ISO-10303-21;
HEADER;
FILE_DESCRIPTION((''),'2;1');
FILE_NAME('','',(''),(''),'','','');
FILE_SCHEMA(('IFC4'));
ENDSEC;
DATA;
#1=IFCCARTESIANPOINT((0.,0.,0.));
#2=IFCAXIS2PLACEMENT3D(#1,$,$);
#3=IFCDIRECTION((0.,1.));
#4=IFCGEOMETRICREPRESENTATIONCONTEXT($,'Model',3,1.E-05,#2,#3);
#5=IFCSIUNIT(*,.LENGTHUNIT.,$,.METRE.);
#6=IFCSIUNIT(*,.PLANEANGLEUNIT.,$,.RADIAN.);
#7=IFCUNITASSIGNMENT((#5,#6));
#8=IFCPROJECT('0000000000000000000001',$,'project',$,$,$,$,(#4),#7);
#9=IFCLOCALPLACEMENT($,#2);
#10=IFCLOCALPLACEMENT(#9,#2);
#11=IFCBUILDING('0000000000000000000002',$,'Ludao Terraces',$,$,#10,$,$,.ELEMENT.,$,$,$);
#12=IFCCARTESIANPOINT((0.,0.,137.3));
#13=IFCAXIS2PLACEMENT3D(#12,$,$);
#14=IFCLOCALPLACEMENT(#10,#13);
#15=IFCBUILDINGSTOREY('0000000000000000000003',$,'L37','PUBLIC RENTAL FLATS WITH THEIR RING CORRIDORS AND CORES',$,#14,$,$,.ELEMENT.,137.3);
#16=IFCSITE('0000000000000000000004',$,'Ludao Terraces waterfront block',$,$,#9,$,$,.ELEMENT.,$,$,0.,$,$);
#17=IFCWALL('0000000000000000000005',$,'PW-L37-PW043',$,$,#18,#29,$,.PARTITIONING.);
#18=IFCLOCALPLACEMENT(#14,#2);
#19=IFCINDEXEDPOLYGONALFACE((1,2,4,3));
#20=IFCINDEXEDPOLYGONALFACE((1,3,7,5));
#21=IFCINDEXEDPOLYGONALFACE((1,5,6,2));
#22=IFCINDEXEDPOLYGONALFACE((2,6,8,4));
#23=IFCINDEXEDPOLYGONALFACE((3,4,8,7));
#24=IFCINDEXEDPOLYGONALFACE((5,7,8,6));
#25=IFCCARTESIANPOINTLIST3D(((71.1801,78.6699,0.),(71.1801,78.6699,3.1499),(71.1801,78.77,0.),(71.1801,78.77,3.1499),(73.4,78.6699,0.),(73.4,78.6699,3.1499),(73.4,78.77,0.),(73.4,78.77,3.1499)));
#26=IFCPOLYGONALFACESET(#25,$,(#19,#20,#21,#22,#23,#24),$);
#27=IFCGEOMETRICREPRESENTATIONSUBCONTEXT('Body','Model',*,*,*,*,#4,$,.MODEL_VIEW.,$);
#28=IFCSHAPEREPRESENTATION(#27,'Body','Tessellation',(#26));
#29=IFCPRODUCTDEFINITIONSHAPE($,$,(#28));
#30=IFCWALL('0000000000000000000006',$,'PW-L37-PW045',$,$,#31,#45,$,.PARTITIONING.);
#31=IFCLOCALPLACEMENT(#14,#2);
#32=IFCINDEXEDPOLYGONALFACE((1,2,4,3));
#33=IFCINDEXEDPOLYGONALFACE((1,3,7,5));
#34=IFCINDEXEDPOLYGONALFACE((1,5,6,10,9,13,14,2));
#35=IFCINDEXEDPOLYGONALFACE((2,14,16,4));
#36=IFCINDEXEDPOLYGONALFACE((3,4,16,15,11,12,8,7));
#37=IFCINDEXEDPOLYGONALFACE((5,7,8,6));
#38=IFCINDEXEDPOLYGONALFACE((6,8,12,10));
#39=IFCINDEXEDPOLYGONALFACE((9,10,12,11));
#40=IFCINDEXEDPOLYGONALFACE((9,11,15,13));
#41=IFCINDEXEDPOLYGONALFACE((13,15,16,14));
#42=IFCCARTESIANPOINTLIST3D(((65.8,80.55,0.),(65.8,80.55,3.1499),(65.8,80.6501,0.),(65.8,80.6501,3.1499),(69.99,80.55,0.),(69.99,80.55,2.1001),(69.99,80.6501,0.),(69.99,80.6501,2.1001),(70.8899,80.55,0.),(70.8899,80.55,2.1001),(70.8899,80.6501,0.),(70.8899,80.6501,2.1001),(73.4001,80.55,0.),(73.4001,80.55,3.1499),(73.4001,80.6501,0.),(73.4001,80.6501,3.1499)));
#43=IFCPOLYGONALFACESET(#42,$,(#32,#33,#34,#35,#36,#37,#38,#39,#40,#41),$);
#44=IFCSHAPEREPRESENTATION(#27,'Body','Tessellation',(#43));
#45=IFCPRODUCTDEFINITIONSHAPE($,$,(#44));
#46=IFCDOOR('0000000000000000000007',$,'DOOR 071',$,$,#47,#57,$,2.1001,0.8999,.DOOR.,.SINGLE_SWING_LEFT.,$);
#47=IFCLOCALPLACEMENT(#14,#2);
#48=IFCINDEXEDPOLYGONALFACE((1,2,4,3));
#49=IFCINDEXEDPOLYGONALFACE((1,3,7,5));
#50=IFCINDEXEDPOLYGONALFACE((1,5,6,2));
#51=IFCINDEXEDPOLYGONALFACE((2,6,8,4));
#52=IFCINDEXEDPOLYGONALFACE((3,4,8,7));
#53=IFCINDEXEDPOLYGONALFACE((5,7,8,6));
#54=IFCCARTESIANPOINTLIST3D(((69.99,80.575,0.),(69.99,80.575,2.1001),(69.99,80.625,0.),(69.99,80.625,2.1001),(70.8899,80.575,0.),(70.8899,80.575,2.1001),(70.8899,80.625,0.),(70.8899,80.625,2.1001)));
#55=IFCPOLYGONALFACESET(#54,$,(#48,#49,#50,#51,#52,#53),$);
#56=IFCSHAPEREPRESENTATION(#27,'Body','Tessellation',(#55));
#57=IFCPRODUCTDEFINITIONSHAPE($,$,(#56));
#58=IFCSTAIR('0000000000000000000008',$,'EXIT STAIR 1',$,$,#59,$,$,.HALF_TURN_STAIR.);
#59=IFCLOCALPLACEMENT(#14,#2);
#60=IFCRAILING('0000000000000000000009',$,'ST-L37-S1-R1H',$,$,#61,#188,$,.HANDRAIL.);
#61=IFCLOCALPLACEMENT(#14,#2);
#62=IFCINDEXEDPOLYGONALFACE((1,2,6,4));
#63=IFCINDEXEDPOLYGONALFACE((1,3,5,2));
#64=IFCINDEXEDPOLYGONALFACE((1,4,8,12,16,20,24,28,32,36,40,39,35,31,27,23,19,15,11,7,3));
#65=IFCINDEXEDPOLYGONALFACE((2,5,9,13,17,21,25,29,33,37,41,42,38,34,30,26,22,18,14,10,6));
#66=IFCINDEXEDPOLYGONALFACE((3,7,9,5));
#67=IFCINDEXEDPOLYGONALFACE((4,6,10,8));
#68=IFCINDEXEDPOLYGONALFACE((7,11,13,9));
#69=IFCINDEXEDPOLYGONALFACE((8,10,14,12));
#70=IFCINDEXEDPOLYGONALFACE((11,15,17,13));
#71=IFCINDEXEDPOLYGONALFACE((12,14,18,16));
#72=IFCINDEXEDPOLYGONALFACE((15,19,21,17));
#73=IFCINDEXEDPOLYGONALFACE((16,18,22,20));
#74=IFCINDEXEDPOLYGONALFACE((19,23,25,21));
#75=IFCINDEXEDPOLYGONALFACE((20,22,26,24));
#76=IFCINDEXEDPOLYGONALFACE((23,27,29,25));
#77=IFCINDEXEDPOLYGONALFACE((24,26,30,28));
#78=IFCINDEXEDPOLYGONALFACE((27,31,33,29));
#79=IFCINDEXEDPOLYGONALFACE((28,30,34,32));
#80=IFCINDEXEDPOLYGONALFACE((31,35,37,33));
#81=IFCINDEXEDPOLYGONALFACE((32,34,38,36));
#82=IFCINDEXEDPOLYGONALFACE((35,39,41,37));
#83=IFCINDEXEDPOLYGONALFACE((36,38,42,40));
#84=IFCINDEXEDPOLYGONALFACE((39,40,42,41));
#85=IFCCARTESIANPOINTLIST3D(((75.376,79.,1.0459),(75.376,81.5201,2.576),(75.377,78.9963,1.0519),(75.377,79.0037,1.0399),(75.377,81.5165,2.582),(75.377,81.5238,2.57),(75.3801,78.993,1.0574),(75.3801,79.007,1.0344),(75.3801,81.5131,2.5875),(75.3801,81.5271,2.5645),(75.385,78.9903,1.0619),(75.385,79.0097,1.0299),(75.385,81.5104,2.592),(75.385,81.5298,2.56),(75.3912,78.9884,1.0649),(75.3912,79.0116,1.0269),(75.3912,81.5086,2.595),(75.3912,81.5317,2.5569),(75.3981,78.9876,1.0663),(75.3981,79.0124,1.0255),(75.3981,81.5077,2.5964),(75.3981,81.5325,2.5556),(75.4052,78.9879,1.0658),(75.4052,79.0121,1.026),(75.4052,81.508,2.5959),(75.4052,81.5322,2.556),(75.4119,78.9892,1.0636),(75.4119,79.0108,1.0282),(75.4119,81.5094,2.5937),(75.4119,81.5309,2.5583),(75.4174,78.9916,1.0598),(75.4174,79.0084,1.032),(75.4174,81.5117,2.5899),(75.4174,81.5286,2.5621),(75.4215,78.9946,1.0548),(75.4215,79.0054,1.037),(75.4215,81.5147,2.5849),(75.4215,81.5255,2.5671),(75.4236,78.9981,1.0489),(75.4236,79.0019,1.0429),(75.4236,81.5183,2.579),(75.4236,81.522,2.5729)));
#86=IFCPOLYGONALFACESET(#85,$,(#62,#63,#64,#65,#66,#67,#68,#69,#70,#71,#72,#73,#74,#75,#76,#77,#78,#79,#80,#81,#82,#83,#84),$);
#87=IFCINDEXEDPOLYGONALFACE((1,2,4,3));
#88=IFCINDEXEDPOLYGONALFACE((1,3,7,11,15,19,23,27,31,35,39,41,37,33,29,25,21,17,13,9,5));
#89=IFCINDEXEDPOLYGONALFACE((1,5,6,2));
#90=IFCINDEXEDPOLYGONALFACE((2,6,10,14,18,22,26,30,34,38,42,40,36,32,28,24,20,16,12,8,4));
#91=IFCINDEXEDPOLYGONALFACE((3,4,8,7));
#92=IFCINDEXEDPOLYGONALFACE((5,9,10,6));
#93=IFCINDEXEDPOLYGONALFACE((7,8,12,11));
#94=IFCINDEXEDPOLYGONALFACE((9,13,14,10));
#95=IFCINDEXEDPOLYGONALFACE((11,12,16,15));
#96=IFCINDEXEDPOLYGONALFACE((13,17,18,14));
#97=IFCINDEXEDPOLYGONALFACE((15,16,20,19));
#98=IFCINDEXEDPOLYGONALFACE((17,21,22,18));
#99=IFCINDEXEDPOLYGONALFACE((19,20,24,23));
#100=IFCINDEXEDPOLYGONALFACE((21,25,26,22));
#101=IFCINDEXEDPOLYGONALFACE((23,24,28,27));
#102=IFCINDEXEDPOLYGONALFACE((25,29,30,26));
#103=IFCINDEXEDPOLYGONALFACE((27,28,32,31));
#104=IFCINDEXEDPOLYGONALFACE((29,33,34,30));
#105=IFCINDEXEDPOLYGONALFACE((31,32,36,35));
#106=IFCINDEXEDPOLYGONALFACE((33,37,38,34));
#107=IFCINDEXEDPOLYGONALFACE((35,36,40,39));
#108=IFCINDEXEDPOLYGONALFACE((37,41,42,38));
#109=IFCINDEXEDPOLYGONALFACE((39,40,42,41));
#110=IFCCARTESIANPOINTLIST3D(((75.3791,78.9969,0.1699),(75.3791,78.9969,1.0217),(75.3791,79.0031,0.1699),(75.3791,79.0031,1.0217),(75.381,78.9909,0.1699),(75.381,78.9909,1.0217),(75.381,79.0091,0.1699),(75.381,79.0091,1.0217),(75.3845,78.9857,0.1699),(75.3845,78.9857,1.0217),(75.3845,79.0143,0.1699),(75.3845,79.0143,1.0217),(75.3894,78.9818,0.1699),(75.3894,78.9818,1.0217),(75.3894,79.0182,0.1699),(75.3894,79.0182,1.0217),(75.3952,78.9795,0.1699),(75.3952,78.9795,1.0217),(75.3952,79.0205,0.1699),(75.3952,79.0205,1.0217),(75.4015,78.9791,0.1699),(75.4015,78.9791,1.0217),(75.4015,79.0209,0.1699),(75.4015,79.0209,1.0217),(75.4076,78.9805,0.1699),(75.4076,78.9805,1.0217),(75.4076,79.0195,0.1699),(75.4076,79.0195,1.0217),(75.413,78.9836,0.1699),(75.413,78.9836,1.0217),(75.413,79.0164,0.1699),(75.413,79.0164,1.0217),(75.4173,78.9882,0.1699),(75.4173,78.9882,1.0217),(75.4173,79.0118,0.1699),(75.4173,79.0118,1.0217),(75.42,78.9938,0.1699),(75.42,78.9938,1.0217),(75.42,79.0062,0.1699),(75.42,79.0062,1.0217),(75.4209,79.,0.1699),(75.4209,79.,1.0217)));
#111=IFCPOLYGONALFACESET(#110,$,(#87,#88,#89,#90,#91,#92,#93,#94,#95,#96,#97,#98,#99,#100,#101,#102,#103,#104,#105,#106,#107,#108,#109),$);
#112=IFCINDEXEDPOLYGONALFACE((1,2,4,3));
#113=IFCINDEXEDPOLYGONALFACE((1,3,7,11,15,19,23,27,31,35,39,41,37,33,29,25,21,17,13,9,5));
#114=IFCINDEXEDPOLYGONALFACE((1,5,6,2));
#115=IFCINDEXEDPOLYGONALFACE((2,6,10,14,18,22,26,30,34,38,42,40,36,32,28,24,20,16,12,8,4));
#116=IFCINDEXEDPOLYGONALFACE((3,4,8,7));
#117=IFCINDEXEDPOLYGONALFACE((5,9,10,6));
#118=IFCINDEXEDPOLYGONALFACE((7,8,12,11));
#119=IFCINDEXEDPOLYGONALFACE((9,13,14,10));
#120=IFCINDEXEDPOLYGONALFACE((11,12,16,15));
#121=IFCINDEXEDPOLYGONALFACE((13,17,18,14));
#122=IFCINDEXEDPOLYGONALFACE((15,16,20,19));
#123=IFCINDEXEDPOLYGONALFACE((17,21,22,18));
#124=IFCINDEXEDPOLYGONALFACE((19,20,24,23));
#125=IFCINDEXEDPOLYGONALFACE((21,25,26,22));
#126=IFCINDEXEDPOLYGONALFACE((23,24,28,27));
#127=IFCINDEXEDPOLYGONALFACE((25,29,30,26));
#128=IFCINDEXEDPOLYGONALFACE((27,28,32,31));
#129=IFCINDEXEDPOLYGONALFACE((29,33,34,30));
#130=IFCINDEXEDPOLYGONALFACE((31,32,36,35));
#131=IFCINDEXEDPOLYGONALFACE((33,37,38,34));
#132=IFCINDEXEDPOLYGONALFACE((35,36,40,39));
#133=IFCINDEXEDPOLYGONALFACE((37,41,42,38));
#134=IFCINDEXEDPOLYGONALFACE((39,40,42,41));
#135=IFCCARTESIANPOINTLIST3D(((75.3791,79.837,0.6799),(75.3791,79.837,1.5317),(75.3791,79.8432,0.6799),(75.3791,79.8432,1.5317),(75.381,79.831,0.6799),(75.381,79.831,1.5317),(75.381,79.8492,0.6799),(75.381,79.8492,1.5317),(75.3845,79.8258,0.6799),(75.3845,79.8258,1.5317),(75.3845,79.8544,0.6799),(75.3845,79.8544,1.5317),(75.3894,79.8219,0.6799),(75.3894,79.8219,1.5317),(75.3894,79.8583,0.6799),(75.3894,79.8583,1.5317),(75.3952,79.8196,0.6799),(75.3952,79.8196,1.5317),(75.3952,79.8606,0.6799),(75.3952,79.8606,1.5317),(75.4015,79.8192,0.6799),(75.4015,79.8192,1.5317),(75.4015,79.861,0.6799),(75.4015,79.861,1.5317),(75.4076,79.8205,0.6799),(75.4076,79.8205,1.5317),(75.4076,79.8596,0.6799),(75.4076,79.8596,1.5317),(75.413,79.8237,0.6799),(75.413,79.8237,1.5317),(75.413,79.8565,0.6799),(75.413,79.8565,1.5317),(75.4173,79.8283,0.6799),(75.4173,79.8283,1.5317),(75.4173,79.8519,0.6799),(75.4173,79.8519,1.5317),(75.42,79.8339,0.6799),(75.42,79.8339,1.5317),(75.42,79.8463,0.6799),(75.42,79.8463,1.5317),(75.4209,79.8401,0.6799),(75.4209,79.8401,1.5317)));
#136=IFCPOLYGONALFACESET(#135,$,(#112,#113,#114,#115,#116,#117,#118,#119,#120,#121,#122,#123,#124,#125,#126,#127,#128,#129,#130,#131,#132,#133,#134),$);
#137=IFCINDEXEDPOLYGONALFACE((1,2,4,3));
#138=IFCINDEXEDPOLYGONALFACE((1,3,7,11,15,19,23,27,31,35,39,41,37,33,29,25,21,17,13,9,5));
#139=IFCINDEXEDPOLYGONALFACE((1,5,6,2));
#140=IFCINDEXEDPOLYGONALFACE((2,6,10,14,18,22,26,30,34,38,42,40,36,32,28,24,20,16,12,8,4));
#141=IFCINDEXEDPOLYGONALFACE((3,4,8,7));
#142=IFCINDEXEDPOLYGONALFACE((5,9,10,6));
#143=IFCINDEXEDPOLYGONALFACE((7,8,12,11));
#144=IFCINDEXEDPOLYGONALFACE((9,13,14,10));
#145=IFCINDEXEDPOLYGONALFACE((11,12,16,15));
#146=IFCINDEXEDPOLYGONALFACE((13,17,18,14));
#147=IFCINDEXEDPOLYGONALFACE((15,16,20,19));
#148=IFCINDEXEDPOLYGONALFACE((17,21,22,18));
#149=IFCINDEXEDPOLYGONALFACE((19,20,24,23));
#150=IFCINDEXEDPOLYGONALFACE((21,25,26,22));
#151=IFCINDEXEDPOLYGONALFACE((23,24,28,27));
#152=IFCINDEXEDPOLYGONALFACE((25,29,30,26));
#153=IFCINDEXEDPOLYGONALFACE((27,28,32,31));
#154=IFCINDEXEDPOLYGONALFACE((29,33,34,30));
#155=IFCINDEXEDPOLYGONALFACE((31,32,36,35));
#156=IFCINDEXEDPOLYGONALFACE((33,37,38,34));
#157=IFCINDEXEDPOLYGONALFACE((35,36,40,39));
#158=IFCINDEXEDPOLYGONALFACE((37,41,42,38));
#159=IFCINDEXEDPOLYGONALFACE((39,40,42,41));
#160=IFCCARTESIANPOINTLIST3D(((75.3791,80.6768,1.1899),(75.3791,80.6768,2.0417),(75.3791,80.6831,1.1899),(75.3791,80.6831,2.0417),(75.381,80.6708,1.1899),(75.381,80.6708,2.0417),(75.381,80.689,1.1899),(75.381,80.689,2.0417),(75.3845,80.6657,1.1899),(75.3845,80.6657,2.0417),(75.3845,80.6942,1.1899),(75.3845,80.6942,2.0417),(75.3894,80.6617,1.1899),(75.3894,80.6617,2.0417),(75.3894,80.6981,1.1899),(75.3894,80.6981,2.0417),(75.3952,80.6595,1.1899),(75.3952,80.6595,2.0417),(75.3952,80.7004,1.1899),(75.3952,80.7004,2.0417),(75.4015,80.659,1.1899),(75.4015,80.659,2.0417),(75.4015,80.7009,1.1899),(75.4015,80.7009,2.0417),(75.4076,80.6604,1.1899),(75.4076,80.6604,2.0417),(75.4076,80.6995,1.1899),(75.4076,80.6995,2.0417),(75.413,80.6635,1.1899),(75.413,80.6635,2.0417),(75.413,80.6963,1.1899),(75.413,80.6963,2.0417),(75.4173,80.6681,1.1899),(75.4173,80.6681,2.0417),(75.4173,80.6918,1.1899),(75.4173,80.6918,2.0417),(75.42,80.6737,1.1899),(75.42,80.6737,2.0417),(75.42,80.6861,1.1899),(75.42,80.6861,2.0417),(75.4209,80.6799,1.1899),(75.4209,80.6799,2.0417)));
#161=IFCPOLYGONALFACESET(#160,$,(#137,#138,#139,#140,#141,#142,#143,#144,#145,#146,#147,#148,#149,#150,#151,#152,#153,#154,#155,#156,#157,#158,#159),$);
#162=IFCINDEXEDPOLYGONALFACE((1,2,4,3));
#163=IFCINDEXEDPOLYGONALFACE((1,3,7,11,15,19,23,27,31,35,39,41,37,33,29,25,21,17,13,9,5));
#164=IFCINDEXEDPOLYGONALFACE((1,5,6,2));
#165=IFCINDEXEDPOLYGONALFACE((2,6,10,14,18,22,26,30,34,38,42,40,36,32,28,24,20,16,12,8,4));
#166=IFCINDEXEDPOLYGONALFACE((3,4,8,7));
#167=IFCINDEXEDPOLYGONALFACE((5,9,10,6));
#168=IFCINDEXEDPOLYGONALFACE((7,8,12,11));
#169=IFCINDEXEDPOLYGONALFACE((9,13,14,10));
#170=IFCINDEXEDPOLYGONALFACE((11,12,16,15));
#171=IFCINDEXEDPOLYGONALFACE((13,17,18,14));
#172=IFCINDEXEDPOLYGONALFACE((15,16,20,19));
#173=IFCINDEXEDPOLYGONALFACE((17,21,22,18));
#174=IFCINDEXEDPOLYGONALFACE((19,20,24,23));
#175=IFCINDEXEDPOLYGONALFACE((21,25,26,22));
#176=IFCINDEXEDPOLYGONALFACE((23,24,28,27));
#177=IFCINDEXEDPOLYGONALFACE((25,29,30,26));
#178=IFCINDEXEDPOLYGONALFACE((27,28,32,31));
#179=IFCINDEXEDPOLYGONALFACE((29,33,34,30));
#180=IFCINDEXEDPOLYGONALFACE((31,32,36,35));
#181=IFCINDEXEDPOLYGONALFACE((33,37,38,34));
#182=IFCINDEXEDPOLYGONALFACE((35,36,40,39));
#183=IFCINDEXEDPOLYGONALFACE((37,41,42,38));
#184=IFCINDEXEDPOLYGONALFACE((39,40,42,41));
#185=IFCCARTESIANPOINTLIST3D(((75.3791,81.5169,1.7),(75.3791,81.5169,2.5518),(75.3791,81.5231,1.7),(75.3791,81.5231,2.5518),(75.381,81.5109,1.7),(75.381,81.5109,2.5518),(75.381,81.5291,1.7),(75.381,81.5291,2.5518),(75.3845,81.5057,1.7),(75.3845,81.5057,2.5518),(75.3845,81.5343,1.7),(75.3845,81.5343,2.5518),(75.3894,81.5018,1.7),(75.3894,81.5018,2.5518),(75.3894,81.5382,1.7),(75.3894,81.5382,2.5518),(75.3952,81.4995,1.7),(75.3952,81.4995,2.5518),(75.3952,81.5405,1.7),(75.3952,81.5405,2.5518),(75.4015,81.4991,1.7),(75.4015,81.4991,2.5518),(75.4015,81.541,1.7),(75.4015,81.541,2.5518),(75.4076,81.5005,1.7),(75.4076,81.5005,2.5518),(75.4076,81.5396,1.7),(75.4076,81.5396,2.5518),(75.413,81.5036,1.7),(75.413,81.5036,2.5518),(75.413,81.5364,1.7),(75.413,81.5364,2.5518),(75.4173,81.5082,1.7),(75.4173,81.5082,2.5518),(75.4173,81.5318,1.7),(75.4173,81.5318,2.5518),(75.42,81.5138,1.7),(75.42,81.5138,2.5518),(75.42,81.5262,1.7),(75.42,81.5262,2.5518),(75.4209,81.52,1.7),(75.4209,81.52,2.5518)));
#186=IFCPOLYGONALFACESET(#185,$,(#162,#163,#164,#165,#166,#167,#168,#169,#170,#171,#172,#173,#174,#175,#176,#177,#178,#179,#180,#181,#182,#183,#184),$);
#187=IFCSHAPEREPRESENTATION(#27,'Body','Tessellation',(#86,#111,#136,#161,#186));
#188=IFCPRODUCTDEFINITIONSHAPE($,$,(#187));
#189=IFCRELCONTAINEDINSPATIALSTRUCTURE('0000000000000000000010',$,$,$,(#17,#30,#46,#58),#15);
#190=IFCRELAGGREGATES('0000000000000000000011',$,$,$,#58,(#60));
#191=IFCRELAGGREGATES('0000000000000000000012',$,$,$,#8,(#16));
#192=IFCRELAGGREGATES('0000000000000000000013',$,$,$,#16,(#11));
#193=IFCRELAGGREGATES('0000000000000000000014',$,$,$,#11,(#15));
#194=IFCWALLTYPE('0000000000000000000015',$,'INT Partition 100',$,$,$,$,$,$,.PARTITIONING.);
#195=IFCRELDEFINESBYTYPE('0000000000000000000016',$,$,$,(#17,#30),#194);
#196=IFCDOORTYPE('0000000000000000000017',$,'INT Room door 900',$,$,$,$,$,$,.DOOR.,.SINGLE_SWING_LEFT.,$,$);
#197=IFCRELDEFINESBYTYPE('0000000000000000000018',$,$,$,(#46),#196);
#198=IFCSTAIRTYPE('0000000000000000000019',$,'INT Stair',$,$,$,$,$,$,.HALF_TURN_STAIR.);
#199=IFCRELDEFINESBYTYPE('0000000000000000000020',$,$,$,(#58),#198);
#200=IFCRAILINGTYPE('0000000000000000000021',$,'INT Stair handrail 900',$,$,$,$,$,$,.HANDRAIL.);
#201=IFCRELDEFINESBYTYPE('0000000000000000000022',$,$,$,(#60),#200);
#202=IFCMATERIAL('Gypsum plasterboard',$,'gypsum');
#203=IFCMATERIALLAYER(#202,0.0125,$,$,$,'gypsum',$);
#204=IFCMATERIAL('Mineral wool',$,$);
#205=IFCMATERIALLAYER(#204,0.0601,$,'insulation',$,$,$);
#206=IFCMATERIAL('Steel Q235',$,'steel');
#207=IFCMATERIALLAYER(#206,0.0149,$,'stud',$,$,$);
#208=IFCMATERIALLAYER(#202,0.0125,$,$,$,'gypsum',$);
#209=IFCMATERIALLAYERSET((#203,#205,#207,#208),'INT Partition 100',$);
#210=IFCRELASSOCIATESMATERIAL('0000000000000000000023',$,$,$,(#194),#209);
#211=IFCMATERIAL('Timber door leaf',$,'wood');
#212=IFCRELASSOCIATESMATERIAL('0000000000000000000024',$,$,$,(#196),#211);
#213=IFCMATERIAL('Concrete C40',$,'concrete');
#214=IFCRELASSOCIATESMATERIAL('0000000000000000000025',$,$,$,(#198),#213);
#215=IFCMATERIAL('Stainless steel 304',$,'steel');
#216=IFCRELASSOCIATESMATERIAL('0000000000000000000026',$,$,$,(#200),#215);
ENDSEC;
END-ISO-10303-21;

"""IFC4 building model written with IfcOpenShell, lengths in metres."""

from ifc_helpers import new_model, si_unit, direction, frame, frame_2d, origin, origin_2d, place, context, subcontext, project, spatial, rectangle, circle, extrude, material, layer, layer_set, type_object, element, fill, aggregate, save


model = new_model("IFC4")

# Units and contexts
model_context = context("Model", 3, precision=1e-05, world=origin(), true_north=direction((0.0, 1.0)))
body_context = subcontext(model_context, "Body", "Model", "MODEL_VIEW")
ifc_project = project(units=[si_unit("LENGTHUNIT", "METRE"), si_unit("PLANEANGLEUNIT", "RADIAN")], contexts=[model_context])

# Site, building, storey
site_placement = place(None, origin())
site = spatial("IfcSite", under=ifc_project, at=site_placement, Name="Ludao Terraces waterfront block", CompositionType="ELEMENT", RefElevation=0.0)
building_placement = place(site_placement, origin())
building = spatial("IfcBuilding", under=site, at=building_placement, Name="Ludao Terraces", CompositionType="ELEMENT")
storey_placement = place(building_placement, frame((0.0, 0.0, 137.3)))
storey = spatial("IfcBuildingStorey", under=building, at=storey_placement, Name="L37", Description="PUBLIC RENTAL FLATS WITH THEIR RING CORRIDORS AND CORES", CompositionType="ELEMENT", Elevation=137.3)

# Shared definitions
ifc_material_1 = material(Name="Concrete C40", Category="concrete")

# Shared definitions
ifc_material_2 = material(Name="Steel Q235", Category="steel")

# Shared definitions
ifc_material_3 = material(Name="Mineral wool")

# Wall
ifc_material_4 = material(Name="Gypsum plasterboard", Category="gypsum")
ifc_layer_1 = layer(ifc_material_4, 0.0125, Category="gypsum")
ifc_layer_2 = layer(ifc_material_3, 0.0601, Name="insulation")
ifc_layer_3 = layer(ifc_material_2, 0.0149, Name="stud")
ifc_layer_4 = layer(ifc_material_4, 0.0125, Category="gypsum")
ifc_layer_set_1 = layer_set([ifc_layer_1, ifc_layer_2, ifc_layer_3, ifc_layer_4], Name="INT Partition 100")
wall_type_1 = type_object("IfcWallType", Name="INT Partition 100", PredefinedType="PARTITIONING", material=ifc_layer_set_1)
wall_1_placement = place(storey_placement, frame((71.1802, 78.72, 0.0), z_axis=(0.0, 0.0, 1.0), x_axis=(1.0, 0.0, 0.0)))
element("IfcWall", 1, at=wall_1_placement, inside=storey, type_object=wall_type_1, Name="PW-L37-PW043", PredefinedType="PARTITIONING", context=body_context, shape_type="SweptSolid", body=[
    extrude(rectangle(XDim=2.22, YDim=0.1001, at=frame_2d((1.1099, 0.0))), origin(), (0.0, 0.0, 1.0), 3.1499),
])

# Wall, opening, door
wall_2_placement = place(storey_placement, frame((65.8, 80.6001, 0.0), z_axis=(0.0, 0.0, 1.0), x_axis=(1.0, 0.0, 0.0)))
wall_2 = element("IfcWall", 2, at=wall_2_placement, inside=storey, type_object=wall_type_1, Name="PW-L37-PW045", PredefinedType="PARTITIONING", context=body_context, shape_type="SweptSolid", body=[
    extrude(rectangle(XDim=7.6001, YDim=0.1001, at=frame_2d((3.8, 0.0))), origin(), (0.0, 0.0, 1.0), 3.1499),
])
opening_1_placement = place(wall_2_placement, frame((4.1899, 0.0, 0.0)))
opening_1 = element("IfcOpeningElement", 3, at=opening_1_placement, cuts=wall_2, PredefinedType="OPENING", context=body_context, shape_type="SweptSolid", body=[
    extrude(rectangle(XDim=0.8999, YDim=2.1001, at=frame_2d((0.45, 1.05))), frame((0.0, 0.0601, 0.0), z_axis=(0.0, -1.0, 0.0), x_axis=(1.0, 0.0, 0.0)), (0.0, 0.0, 1.0), 0.1201),
])
ifc_material_5 = material(Name="Timber door leaf", Category="wood")
door_type_1 = type_object("IfcDoorType", Name="INT Room door 900", OperationType="SINGLE_SWING_LEFT", PredefinedType="DOOR", material=ifc_material_5)
door_1_placement = place(opening_1_placement, origin())
door_1 = element("IfcDoor", 4, at=door_1_placement, inside=storey, type_object=door_type_1, Name="DOOR 071", OperationType="SINGLE_SWING_LEFT", OverallHeight=2.1001, OverallWidth=0.8999, PredefinedType="DOOR", context=body_context, shape_type="SweptSolid", body=[
    extrude(rectangle(XDim=0.8999, YDim=2.1001, at=frame_2d((0.45, 1.05))), frame((0.0, 0.0249, 0.0), z_axis=(0.0, -1.0, 0.0), x_axis=(1.0, 0.0, 0.0)), (0.0, 0.0, 1.0), 0.05),
])
fill(opening_1, door_1)

# Stair, railing
stair_type = type_object("IfcStairType", Name="INT Stair", PredefinedType="HALF_TURN_STAIR", material=ifc_material_1)
stair_placement = place(storey_placement, origin())
stair = element("IfcStair", 5, at=stair_placement, inside=storey, type_object=stair_type, Name="EXIT STAIR 1", PredefinedType="HALF_TURN_STAIR")
ifc_material_6 = material(Name="Stainless steel 304", Category="steel")
railing_type = type_object("IfcRailingType", Name="INT Stair handrail 900", PredefinedType="HANDRAIL", material=ifc_material_6)
railing_placement = place(storey_placement, frame((75.3999, 79.0, 0.1699)))
railing = element("IfcRailing", 6, at=railing_placement, type_object=railing_type, Name="ST-L37-S1-R1H", PredefinedType="HANDRAIL", context=body_context, shape_type="SweptSolid", body=[
    extrude(circle(Radius=0.0239, at=origin_2d()), frame((0.0, 0.0, 0.876), z_axis=(0.0, 0.854785, 0.518982), x_axis=(-1.0, 0.0, 0.0)), (0.0, 0.0, 1.0), 2.9482),
    extrude(circle(Radius=0.021, at=origin_2d()), origin(), (0.0, 0.0, 1.0), 0.8518),
    extrude(circle(Radius=0.021, at=origin_2d()), frame((0.0, 0.8401, 0.51)), (0.0, 0.0, 1.0), 0.8518),
    extrude(circle(Radius=0.021, at=origin_2d()), frame((0.0, 1.6799, 1.02)), (0.0, 0.0, 1.0), 0.8518),
    extrude(circle(Radius=0.021, at=origin_2d()), frame((0.0, 2.52, 1.53)), (0.0, 0.0, 1.0), 0.8518),
])
aggregate(stair, [railing])

save(model, "model.ifc")
